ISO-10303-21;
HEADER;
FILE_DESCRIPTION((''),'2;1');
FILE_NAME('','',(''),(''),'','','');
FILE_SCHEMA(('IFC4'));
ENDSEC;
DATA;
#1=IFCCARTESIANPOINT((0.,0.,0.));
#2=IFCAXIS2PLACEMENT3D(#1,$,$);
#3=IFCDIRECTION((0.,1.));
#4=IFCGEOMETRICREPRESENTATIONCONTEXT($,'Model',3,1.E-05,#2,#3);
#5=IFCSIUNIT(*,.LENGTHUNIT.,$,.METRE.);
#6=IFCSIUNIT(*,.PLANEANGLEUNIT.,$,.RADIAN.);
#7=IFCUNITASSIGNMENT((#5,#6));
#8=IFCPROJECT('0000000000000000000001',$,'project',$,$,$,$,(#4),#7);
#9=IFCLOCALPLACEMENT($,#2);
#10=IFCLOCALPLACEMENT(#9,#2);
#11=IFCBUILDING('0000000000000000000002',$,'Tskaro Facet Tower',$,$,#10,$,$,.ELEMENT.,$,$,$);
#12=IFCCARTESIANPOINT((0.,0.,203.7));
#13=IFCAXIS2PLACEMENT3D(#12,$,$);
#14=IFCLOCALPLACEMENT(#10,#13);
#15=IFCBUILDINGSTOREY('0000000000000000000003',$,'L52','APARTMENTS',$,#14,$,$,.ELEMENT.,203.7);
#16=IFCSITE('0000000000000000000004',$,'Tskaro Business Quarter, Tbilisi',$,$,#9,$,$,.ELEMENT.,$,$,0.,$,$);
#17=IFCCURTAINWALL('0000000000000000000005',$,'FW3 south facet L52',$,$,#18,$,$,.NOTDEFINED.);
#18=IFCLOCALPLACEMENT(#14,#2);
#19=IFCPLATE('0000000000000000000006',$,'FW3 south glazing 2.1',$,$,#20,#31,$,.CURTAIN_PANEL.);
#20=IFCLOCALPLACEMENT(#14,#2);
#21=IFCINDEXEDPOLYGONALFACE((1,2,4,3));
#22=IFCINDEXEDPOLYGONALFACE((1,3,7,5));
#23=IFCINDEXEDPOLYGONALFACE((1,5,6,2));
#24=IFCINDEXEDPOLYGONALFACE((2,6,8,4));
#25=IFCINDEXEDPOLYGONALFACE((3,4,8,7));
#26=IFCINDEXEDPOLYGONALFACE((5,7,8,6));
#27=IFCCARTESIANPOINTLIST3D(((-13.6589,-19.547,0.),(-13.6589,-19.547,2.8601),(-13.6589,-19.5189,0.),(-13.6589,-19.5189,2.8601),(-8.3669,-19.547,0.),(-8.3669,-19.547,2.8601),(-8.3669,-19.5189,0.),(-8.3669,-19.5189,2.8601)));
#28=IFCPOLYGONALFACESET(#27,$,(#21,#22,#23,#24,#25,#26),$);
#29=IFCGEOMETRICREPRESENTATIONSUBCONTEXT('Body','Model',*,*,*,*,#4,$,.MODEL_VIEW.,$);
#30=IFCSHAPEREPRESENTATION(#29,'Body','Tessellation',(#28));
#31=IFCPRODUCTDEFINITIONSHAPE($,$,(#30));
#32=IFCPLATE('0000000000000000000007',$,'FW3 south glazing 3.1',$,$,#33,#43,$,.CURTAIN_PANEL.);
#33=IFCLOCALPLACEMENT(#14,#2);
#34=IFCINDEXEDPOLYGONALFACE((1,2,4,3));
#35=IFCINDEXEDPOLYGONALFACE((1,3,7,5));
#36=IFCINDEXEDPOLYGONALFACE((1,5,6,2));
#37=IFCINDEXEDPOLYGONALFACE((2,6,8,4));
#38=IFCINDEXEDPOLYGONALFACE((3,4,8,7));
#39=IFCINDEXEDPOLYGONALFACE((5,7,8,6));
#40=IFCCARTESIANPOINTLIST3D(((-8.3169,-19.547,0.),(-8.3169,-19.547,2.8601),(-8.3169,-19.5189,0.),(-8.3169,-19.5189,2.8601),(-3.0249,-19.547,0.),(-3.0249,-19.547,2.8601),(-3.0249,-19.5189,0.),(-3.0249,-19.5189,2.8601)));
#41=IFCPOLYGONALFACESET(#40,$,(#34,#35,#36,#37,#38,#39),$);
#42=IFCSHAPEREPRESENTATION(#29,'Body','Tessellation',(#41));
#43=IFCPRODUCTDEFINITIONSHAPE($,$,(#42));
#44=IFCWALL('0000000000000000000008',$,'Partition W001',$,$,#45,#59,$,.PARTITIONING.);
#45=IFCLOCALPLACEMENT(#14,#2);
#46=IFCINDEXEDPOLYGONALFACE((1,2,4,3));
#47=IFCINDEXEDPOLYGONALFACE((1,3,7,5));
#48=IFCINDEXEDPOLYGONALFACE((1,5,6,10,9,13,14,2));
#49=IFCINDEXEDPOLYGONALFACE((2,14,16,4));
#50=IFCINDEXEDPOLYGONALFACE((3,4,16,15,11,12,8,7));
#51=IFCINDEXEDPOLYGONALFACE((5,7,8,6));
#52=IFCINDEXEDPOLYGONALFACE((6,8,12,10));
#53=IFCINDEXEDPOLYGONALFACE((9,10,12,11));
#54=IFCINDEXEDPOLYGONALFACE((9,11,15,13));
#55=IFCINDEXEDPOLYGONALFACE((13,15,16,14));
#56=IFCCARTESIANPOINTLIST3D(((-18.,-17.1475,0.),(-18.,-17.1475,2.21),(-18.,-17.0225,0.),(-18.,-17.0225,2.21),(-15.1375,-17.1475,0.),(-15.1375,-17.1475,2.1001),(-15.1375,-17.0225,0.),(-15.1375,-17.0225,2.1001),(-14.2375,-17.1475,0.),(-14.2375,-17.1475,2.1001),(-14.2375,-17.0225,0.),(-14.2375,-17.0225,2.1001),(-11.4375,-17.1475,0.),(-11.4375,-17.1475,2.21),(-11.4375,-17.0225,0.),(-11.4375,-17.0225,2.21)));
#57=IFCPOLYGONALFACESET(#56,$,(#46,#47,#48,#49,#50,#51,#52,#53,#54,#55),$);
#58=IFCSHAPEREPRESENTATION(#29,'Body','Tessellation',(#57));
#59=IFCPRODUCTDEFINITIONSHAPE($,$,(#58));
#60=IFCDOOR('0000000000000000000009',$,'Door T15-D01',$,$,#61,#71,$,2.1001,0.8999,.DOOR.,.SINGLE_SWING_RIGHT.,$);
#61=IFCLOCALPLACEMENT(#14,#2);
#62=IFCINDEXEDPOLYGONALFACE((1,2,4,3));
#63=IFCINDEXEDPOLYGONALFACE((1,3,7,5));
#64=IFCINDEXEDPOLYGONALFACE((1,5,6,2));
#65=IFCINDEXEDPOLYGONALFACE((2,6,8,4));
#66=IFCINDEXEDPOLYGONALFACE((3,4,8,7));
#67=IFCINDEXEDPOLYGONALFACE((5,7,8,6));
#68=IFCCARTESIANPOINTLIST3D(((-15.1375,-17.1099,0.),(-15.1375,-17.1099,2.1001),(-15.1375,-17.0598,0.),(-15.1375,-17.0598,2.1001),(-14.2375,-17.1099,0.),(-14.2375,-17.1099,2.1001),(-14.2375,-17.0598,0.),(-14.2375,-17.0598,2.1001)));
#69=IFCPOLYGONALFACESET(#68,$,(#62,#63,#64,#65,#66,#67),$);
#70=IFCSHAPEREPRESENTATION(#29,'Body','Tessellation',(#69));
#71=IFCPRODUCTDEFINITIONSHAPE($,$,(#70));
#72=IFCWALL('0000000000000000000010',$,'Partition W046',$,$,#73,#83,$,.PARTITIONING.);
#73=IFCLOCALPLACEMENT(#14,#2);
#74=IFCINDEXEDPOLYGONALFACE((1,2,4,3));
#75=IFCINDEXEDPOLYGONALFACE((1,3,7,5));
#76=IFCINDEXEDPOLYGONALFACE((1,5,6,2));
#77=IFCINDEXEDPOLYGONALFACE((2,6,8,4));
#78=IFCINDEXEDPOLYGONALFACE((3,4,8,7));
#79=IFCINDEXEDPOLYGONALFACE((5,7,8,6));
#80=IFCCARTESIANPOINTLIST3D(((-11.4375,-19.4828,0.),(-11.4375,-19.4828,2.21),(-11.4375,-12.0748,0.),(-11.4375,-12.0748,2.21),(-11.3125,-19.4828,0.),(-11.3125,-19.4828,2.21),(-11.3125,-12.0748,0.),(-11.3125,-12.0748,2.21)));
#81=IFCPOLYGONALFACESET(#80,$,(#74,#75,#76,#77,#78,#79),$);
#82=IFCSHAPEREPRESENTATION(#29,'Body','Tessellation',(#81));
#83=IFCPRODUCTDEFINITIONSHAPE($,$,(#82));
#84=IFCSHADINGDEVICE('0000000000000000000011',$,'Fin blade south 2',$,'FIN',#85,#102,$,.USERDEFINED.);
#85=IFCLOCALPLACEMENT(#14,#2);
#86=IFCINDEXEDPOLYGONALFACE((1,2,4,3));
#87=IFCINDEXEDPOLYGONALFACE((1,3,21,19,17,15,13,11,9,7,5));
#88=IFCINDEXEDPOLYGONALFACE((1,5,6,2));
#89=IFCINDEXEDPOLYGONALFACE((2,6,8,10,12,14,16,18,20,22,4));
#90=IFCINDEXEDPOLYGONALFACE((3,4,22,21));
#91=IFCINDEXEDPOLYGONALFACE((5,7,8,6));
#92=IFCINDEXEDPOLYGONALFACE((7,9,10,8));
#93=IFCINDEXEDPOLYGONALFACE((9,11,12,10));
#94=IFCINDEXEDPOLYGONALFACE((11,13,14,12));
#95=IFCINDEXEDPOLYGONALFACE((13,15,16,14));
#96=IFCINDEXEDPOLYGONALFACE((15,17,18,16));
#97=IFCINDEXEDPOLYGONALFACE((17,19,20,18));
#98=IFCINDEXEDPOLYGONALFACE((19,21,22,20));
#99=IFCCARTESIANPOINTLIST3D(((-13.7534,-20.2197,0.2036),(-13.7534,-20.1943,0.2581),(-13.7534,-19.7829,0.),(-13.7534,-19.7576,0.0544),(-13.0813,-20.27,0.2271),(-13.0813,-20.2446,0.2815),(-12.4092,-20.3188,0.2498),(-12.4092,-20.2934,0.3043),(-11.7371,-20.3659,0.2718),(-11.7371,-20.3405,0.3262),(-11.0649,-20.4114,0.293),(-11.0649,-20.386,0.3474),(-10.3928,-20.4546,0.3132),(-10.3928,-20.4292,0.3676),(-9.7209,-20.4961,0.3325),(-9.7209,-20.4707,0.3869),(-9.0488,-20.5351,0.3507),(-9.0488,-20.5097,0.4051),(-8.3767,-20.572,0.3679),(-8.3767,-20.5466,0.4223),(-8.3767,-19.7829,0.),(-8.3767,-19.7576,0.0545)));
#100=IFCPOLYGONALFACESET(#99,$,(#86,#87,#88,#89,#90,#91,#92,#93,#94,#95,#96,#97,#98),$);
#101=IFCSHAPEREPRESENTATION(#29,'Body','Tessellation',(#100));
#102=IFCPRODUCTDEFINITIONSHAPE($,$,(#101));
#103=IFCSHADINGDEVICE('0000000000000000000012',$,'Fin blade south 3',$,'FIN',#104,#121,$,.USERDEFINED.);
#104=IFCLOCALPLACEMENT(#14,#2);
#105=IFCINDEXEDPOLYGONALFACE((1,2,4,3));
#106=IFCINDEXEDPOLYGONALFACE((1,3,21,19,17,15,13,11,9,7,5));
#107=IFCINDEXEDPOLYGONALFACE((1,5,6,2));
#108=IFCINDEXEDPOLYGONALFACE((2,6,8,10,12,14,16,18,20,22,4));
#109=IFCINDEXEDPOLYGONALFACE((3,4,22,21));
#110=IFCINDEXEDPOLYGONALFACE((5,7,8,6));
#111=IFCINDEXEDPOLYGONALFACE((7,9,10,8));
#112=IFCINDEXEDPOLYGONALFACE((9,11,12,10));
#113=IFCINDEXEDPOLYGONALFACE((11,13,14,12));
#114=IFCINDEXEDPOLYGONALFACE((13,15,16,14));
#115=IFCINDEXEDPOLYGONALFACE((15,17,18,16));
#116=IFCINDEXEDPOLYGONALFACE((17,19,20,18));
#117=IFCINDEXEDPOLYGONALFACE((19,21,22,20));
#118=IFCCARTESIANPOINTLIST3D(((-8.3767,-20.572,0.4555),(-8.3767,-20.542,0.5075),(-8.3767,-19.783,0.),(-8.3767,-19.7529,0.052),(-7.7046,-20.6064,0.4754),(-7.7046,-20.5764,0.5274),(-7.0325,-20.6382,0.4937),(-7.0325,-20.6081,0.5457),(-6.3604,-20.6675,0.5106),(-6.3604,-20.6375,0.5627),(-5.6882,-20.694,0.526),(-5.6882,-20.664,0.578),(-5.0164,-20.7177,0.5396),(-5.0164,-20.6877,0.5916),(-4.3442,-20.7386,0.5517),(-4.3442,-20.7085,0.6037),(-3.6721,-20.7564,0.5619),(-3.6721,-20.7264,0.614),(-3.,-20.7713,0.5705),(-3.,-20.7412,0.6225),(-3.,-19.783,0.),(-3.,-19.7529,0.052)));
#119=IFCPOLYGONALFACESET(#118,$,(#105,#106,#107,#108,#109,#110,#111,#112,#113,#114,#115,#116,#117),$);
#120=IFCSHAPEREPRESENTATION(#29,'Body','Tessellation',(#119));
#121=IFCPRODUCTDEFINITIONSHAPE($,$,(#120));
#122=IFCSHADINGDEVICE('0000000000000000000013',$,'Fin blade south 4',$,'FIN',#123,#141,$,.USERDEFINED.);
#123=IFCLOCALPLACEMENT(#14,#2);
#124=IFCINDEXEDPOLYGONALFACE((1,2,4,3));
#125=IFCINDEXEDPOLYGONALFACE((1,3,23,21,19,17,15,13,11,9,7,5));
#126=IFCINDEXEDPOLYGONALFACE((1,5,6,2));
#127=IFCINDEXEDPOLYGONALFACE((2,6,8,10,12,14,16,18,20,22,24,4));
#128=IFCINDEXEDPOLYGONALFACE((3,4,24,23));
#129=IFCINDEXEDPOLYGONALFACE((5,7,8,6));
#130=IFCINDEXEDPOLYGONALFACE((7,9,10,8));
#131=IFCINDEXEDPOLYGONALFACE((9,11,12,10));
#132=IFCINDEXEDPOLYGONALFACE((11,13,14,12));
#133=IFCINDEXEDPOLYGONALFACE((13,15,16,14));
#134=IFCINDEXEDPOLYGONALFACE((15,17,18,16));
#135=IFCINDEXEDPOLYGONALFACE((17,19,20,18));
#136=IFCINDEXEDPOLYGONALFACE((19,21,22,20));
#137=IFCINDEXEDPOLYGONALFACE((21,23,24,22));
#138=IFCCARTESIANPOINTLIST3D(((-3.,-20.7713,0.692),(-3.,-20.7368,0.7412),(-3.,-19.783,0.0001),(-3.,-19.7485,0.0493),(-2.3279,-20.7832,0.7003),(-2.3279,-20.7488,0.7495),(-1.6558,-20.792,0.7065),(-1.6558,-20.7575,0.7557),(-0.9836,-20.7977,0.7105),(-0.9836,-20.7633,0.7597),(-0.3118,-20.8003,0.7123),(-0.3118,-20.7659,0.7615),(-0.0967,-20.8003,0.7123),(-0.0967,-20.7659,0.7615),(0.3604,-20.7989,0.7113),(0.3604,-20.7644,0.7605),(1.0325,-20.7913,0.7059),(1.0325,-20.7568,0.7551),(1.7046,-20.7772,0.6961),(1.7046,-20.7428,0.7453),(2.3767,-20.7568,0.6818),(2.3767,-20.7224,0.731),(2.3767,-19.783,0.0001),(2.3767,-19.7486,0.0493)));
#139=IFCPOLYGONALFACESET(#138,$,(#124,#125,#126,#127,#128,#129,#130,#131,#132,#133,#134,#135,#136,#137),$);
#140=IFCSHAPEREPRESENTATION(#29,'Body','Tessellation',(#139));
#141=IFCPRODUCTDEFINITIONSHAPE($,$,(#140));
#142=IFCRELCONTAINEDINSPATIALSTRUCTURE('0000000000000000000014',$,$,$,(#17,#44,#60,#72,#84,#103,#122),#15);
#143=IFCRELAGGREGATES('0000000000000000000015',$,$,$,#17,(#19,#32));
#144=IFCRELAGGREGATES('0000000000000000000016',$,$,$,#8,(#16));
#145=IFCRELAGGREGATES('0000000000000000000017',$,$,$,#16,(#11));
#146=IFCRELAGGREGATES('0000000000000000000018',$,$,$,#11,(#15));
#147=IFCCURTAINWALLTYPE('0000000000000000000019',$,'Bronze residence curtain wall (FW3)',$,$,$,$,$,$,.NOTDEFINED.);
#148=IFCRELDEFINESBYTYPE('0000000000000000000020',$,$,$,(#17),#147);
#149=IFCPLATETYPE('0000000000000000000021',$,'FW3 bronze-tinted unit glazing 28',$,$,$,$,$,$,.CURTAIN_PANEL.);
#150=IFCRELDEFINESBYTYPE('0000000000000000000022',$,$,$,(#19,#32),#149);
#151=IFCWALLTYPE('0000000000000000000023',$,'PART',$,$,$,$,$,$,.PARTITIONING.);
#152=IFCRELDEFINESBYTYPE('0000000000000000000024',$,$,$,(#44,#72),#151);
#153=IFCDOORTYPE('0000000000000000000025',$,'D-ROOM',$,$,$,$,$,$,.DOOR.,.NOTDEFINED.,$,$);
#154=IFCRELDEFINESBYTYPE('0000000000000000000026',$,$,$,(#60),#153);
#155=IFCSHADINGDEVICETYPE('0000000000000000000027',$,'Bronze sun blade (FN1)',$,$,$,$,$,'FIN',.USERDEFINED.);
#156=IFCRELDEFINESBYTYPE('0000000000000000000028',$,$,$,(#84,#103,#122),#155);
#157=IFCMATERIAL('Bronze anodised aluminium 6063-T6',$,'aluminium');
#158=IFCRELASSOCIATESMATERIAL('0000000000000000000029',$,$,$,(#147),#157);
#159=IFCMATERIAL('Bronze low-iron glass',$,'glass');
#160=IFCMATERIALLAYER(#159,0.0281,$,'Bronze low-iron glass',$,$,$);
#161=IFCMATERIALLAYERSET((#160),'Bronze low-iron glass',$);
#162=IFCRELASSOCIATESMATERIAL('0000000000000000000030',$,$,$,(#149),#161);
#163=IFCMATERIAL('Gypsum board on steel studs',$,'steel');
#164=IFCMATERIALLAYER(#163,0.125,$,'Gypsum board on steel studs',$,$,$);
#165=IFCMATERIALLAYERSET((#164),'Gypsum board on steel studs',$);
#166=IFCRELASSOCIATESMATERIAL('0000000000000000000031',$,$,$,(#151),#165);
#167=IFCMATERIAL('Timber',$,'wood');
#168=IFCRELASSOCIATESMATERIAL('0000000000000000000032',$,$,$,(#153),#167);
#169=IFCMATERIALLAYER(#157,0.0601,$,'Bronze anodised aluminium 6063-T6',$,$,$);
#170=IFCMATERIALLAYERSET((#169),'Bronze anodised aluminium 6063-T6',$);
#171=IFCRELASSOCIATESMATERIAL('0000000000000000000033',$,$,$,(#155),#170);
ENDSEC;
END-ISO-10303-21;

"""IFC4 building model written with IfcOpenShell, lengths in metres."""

from ifc_helpers import new_model, si_unit, direction, frame, frame_2d, origin, origin_2d, place, context, subcontext, project, spatial, polyline, rectangle, outline, extrude, material, layer, layer_set, type_object, element, fill, aggregate, save


model = new_model("IFC4")

# Units and contexts
model_context = context("Model", 3, precision=1e-05, world=origin(), true_north=direction((0.0, 1.0)))
body_context = subcontext(model_context, "Body", "Model", "MODEL_VIEW")
ifc_project = project(units=[si_unit("LENGTHUNIT", "METRE"), si_unit("PLANEANGLEUNIT", "RADIAN")], contexts=[model_context])

# Site, building, storey
site_placement = place(None, origin())
site = spatial("IfcSite", under=ifc_project, at=site_placement, Name="Tskaro Business Quarter, Tbilisi", CompositionType="ELEMENT", RefElevation=0.0)
building_placement = place(site_placement, origin())
building = spatial("IfcBuilding", under=site, at=building_placement, Name="Tskaro Facet Tower", CompositionType="ELEMENT")
storey_placement = place(building_placement, frame((0.0, 0.0, 203.7)))
storey = spatial("IfcBuildingStorey", under=building, at=storey_placement, Name="L52", Description="APARTMENTS", CompositionType="ELEMENT", Elevation=203.7)

# Curtain wall
ifc_material_1 = material(Name="Bronze anodised aluminium 6063-T6", Category="aluminium")
curtain_wall_type = type_object("IfcCurtainWallType", Name="Bronze residence curtain wall (FW3)", PredefinedType="NOTDEFINED", material=ifc_material_1)
curtain_wall_placement = place(storey_placement, origin())
curtain_wall = element("IfcCurtainWall", 1, at=curtain_wall_placement, inside=storey, type_object=curtain_wall_type, Name="FW3 south facet L52", PredefinedType="NOTDEFINED")

# Plates
ifc_material_2 = material(Name="Bronze low-iron glass", Category="glass")
ifc_layer_1 = layer(ifc_material_2, 0.0281, Name="Bronze low-iron glass")
ifc_layer_set_1 = layer_set([ifc_layer_1], Name="Bronze low-iron glass")
plate_type = type_object("IfcPlateType", Name="FW3 bronze-tinted unit glazing 28", PredefinedType="CURTAIN_PANEL", material=ifc_layer_set_1)
plate_1_placement = place(storey_placement, frame((-11.0129, -19.533, 0.0), z_axis=(0.0, 0.0, 1.0), x_axis=(1.0, 0.0, 0.0)))
plate_1 = element("IfcPlate", 2, at=plate_1_placement, type_object=plate_type, Name="FW3 south glazing 2.1", PredefinedType="CURTAIN_PANEL", context=body_context, shape_type="SweptSolid", body=[
    extrude(rectangle(XDim=5.292, YDim=0.0281, at=origin_2d()), origin(), (0.0, 0.0, 1.0), 2.8601),
])
plate_2_placement = place(storey_placement, frame((-5.6709, -19.533, 0.0), z_axis=(0.0, 0.0, 1.0), x_axis=(1.0, 0.0, 0.0)))
plate_2 = element("IfcPlate", 3, at=plate_2_placement, type_object=plate_type, Name="FW3 south glazing 3.1", PredefinedType="CURTAIN_PANEL", context=body_context, shape_type="SweptSolid", body=[
    extrude(rectangle(XDim=5.292, YDim=0.0281, at=origin_2d()), origin(), (0.0, 0.0, 1.0), 2.8601),
])
aggregate(curtain_wall, [plate_1, plate_2])

# Wall, opening, door
ifc_material_3 = material(Name="Gypsum board on steel studs", Category="steel")
ifc_layer_2 = layer(ifc_material_3, 0.125, Name="Gypsum board on steel studs")
ifc_layer_set_2 = layer_set([ifc_layer_2], Name="Gypsum board on steel studs")
wall_type = type_object("IfcWallType", Name="PART", PredefinedType="PARTITIONING", material=ifc_layer_set_2)
wall_1_placement = place(storey_placement, frame((-11.4375, -17.085, 0.0), z_axis=(0.0, 0.0, 1.0), x_axis=(-1.0, 0.0, 0.0)))
wall_1 = element("IfcWall", 4, at=wall_1_placement, inside=storey, type_object=wall_type, Name="Partition W001", PredefinedType="PARTITIONING", context=body_context, shape_type="SweptSolid", body=[
    extrude(rectangle(XDim=6.5625, YDim=0.125, at=frame_2d((3.2812, 0.0))), origin(), (0.0, 0.0, 1.0), 2.21),
])
opening_placement = place(wall_1_placement, frame((2.8, 0.0, 0.0)))
opening = element("IfcOpeningElement", 5, at=opening_placement, cuts=wall_1, PredefinedType="OPENING", context=body_context, shape_type="SweptSolid", body=[
    extrude(rectangle(XDim=0.8999, YDim=2.1001, at=frame_2d((0.45, 1.05))), frame((0.0, 0.0725, 0.0), z_axis=(0.0, -1.0, 0.0), x_axis=(1.0, 0.0, 0.0)), (0.0, 0.0, 1.0), 0.145),
])
ifc_material_4 = material(Name="Timber", Category="wood")
door_type = type_object("IfcDoorType", Name="D-ROOM", OperationType="NOTDEFINED", PredefinedType="DOOR", material=ifc_material_4)
door_placement = place(opening_placement, origin())
door = element("IfcDoor", 6, at=door_placement, inside=storey, type_object=door_type, Name="Door T15-D01", OperationType="SINGLE_SWING_RIGHT", OverallHeight=2.1001, OverallWidth=0.8999, PredefinedType="DOOR", context=body_context, shape_type="SweptSolid", body=[
    extrude(rectangle(XDim=0.8999, YDim=2.1001, at=frame_2d((0.45, 1.05))), frame((0.0, 0.0249, 0.0), z_axis=(0.0, -1.0, 0.0), x_axis=(1.0, 0.0, 0.0)), (0.0, 0.0, 1.0), 0.05),
])
fill(opening, door)

# Wall
wall_2_placement = place(storey_placement, frame((-11.375, -19.4829, 0.0), z_axis=(0.0, 0.0, 1.0), x_axis=(0.0, 1.0, 0.0)))
element("IfcWall", 7, at=wall_2_placement, inside=storey, type_object=wall_type, Name="Partition W046", PredefinedType="PARTITIONING", context=body_context, shape_type="SweptSolid", body=[
    extrude(rectangle(XDim=7.408, YDim=0.125, at=frame_2d((3.7041, 0.0))), origin(), (0.0, 0.0, 1.0), 2.21),
])

# Shading devices
ifc_layer_3 = layer(ifc_material_1, 0.0601, Name="Bronze anodised aluminium 6063-T6")
ifc_layer_set_3 = layer_set([ifc_layer_3], Name="Bronze anodised aluminium 6063-T6")
shading_device_type = type_object("IfcShadingDeviceType", Name="Bronze sun blade (FN1)", ElementType="FIN", PredefinedType="USERDEFINED", material=ifc_layer_set_3)
shading_device_1_placement = place(storey_placement, frame((-13.7534, -19.7576, 0.0544), z_axis=(-0.000008, 0.422531, 0.906349), x_axis=(1.0, 0.000003, 0.000007)))
element("IfcShadingDevice", 8, at=shading_device_1_placement, inside=storey, type_object=shading_device_type, Name="Fin blade south 2", ObjectType="FIN", PredefinedType="USERDEFINED", context=body_context, shape_type="SweptSolid", body=[
    extrude(outline(polyline([(0.0, 0.0), (5.3767, 0.0), (5.3767, -0.8706), (4.7046, -0.8299), (4.0325, -0.7868), (3.3606, -0.7411), (2.6885, -0.6934), (2.0164, -0.6432), (1.3442, -0.5912), (0.6721, -0.5374), (0.0, -0.4819), (0.0, 0.0)])), origin(), (0.0, 0.0, -1.0), 0.0601),
])
shading_device_2_placement = place(storey_placement, frame((-8.3767, -19.7529, 0.052), z_axis=(0.000001, 0.499964, 0.866046), x_axis=(1.0, 0.0, 0.0)))
element("IfcShadingDevice", 9, at=shading_device_2_placement, inside=storey, type_object=shading_device_type, Name="Fin blade south 3", ObjectType="FIN", PredefinedType="USERDEFINED", context=body_context, shape_type="SweptSolid", body=[
    extrude(outline(polyline([(0.0, 0.0), (5.3767, 0.0), (5.3767, -1.1412), (4.7046, -1.124), (4.0325, -1.1034), (3.3604, -1.0793), (2.6885, -1.052), (2.0164, -1.0214), (1.3442, -0.9875), (0.6721, -0.9508), (0.0, -0.9111), (0.0, 0.0)])), origin(), (0.0, 0.0, -1.0), 0.0601),
])
shading_device_3_placement = place(storey_placement, frame((-3.0, -19.7485, 0.0493), z_axis=(0.000013, 0.573493, 0.819211), x_axis=(1.0, -0.000007, -0.00001)))
element("IfcShadingDevice", 10, at=shading_device_3_placement, inside=storey, type_object=shading_device_type, Name="Fin blade south 4", ObjectType="FIN", PredefinedType="USERDEFINED", context=body_context, shape_type="SweptSolid", body=[
    extrude(outline(polyline([(0.0, 0.0), (5.3767, 0.0), (5.3767, -1.1887), (4.7046, -1.2136), (4.0325, -1.2308), (3.3604, -1.2401), (2.9033, -1.2418), (2.6882, -1.2418), (2.0164, -1.2386), (1.3442, -1.2317), (0.6721, -1.221), (0.0, -1.2064), (0.0, 0.0)])), origin(), (0.0, 0.0, -1.0), 0.0601),
])

save(model, "model.ifc")
